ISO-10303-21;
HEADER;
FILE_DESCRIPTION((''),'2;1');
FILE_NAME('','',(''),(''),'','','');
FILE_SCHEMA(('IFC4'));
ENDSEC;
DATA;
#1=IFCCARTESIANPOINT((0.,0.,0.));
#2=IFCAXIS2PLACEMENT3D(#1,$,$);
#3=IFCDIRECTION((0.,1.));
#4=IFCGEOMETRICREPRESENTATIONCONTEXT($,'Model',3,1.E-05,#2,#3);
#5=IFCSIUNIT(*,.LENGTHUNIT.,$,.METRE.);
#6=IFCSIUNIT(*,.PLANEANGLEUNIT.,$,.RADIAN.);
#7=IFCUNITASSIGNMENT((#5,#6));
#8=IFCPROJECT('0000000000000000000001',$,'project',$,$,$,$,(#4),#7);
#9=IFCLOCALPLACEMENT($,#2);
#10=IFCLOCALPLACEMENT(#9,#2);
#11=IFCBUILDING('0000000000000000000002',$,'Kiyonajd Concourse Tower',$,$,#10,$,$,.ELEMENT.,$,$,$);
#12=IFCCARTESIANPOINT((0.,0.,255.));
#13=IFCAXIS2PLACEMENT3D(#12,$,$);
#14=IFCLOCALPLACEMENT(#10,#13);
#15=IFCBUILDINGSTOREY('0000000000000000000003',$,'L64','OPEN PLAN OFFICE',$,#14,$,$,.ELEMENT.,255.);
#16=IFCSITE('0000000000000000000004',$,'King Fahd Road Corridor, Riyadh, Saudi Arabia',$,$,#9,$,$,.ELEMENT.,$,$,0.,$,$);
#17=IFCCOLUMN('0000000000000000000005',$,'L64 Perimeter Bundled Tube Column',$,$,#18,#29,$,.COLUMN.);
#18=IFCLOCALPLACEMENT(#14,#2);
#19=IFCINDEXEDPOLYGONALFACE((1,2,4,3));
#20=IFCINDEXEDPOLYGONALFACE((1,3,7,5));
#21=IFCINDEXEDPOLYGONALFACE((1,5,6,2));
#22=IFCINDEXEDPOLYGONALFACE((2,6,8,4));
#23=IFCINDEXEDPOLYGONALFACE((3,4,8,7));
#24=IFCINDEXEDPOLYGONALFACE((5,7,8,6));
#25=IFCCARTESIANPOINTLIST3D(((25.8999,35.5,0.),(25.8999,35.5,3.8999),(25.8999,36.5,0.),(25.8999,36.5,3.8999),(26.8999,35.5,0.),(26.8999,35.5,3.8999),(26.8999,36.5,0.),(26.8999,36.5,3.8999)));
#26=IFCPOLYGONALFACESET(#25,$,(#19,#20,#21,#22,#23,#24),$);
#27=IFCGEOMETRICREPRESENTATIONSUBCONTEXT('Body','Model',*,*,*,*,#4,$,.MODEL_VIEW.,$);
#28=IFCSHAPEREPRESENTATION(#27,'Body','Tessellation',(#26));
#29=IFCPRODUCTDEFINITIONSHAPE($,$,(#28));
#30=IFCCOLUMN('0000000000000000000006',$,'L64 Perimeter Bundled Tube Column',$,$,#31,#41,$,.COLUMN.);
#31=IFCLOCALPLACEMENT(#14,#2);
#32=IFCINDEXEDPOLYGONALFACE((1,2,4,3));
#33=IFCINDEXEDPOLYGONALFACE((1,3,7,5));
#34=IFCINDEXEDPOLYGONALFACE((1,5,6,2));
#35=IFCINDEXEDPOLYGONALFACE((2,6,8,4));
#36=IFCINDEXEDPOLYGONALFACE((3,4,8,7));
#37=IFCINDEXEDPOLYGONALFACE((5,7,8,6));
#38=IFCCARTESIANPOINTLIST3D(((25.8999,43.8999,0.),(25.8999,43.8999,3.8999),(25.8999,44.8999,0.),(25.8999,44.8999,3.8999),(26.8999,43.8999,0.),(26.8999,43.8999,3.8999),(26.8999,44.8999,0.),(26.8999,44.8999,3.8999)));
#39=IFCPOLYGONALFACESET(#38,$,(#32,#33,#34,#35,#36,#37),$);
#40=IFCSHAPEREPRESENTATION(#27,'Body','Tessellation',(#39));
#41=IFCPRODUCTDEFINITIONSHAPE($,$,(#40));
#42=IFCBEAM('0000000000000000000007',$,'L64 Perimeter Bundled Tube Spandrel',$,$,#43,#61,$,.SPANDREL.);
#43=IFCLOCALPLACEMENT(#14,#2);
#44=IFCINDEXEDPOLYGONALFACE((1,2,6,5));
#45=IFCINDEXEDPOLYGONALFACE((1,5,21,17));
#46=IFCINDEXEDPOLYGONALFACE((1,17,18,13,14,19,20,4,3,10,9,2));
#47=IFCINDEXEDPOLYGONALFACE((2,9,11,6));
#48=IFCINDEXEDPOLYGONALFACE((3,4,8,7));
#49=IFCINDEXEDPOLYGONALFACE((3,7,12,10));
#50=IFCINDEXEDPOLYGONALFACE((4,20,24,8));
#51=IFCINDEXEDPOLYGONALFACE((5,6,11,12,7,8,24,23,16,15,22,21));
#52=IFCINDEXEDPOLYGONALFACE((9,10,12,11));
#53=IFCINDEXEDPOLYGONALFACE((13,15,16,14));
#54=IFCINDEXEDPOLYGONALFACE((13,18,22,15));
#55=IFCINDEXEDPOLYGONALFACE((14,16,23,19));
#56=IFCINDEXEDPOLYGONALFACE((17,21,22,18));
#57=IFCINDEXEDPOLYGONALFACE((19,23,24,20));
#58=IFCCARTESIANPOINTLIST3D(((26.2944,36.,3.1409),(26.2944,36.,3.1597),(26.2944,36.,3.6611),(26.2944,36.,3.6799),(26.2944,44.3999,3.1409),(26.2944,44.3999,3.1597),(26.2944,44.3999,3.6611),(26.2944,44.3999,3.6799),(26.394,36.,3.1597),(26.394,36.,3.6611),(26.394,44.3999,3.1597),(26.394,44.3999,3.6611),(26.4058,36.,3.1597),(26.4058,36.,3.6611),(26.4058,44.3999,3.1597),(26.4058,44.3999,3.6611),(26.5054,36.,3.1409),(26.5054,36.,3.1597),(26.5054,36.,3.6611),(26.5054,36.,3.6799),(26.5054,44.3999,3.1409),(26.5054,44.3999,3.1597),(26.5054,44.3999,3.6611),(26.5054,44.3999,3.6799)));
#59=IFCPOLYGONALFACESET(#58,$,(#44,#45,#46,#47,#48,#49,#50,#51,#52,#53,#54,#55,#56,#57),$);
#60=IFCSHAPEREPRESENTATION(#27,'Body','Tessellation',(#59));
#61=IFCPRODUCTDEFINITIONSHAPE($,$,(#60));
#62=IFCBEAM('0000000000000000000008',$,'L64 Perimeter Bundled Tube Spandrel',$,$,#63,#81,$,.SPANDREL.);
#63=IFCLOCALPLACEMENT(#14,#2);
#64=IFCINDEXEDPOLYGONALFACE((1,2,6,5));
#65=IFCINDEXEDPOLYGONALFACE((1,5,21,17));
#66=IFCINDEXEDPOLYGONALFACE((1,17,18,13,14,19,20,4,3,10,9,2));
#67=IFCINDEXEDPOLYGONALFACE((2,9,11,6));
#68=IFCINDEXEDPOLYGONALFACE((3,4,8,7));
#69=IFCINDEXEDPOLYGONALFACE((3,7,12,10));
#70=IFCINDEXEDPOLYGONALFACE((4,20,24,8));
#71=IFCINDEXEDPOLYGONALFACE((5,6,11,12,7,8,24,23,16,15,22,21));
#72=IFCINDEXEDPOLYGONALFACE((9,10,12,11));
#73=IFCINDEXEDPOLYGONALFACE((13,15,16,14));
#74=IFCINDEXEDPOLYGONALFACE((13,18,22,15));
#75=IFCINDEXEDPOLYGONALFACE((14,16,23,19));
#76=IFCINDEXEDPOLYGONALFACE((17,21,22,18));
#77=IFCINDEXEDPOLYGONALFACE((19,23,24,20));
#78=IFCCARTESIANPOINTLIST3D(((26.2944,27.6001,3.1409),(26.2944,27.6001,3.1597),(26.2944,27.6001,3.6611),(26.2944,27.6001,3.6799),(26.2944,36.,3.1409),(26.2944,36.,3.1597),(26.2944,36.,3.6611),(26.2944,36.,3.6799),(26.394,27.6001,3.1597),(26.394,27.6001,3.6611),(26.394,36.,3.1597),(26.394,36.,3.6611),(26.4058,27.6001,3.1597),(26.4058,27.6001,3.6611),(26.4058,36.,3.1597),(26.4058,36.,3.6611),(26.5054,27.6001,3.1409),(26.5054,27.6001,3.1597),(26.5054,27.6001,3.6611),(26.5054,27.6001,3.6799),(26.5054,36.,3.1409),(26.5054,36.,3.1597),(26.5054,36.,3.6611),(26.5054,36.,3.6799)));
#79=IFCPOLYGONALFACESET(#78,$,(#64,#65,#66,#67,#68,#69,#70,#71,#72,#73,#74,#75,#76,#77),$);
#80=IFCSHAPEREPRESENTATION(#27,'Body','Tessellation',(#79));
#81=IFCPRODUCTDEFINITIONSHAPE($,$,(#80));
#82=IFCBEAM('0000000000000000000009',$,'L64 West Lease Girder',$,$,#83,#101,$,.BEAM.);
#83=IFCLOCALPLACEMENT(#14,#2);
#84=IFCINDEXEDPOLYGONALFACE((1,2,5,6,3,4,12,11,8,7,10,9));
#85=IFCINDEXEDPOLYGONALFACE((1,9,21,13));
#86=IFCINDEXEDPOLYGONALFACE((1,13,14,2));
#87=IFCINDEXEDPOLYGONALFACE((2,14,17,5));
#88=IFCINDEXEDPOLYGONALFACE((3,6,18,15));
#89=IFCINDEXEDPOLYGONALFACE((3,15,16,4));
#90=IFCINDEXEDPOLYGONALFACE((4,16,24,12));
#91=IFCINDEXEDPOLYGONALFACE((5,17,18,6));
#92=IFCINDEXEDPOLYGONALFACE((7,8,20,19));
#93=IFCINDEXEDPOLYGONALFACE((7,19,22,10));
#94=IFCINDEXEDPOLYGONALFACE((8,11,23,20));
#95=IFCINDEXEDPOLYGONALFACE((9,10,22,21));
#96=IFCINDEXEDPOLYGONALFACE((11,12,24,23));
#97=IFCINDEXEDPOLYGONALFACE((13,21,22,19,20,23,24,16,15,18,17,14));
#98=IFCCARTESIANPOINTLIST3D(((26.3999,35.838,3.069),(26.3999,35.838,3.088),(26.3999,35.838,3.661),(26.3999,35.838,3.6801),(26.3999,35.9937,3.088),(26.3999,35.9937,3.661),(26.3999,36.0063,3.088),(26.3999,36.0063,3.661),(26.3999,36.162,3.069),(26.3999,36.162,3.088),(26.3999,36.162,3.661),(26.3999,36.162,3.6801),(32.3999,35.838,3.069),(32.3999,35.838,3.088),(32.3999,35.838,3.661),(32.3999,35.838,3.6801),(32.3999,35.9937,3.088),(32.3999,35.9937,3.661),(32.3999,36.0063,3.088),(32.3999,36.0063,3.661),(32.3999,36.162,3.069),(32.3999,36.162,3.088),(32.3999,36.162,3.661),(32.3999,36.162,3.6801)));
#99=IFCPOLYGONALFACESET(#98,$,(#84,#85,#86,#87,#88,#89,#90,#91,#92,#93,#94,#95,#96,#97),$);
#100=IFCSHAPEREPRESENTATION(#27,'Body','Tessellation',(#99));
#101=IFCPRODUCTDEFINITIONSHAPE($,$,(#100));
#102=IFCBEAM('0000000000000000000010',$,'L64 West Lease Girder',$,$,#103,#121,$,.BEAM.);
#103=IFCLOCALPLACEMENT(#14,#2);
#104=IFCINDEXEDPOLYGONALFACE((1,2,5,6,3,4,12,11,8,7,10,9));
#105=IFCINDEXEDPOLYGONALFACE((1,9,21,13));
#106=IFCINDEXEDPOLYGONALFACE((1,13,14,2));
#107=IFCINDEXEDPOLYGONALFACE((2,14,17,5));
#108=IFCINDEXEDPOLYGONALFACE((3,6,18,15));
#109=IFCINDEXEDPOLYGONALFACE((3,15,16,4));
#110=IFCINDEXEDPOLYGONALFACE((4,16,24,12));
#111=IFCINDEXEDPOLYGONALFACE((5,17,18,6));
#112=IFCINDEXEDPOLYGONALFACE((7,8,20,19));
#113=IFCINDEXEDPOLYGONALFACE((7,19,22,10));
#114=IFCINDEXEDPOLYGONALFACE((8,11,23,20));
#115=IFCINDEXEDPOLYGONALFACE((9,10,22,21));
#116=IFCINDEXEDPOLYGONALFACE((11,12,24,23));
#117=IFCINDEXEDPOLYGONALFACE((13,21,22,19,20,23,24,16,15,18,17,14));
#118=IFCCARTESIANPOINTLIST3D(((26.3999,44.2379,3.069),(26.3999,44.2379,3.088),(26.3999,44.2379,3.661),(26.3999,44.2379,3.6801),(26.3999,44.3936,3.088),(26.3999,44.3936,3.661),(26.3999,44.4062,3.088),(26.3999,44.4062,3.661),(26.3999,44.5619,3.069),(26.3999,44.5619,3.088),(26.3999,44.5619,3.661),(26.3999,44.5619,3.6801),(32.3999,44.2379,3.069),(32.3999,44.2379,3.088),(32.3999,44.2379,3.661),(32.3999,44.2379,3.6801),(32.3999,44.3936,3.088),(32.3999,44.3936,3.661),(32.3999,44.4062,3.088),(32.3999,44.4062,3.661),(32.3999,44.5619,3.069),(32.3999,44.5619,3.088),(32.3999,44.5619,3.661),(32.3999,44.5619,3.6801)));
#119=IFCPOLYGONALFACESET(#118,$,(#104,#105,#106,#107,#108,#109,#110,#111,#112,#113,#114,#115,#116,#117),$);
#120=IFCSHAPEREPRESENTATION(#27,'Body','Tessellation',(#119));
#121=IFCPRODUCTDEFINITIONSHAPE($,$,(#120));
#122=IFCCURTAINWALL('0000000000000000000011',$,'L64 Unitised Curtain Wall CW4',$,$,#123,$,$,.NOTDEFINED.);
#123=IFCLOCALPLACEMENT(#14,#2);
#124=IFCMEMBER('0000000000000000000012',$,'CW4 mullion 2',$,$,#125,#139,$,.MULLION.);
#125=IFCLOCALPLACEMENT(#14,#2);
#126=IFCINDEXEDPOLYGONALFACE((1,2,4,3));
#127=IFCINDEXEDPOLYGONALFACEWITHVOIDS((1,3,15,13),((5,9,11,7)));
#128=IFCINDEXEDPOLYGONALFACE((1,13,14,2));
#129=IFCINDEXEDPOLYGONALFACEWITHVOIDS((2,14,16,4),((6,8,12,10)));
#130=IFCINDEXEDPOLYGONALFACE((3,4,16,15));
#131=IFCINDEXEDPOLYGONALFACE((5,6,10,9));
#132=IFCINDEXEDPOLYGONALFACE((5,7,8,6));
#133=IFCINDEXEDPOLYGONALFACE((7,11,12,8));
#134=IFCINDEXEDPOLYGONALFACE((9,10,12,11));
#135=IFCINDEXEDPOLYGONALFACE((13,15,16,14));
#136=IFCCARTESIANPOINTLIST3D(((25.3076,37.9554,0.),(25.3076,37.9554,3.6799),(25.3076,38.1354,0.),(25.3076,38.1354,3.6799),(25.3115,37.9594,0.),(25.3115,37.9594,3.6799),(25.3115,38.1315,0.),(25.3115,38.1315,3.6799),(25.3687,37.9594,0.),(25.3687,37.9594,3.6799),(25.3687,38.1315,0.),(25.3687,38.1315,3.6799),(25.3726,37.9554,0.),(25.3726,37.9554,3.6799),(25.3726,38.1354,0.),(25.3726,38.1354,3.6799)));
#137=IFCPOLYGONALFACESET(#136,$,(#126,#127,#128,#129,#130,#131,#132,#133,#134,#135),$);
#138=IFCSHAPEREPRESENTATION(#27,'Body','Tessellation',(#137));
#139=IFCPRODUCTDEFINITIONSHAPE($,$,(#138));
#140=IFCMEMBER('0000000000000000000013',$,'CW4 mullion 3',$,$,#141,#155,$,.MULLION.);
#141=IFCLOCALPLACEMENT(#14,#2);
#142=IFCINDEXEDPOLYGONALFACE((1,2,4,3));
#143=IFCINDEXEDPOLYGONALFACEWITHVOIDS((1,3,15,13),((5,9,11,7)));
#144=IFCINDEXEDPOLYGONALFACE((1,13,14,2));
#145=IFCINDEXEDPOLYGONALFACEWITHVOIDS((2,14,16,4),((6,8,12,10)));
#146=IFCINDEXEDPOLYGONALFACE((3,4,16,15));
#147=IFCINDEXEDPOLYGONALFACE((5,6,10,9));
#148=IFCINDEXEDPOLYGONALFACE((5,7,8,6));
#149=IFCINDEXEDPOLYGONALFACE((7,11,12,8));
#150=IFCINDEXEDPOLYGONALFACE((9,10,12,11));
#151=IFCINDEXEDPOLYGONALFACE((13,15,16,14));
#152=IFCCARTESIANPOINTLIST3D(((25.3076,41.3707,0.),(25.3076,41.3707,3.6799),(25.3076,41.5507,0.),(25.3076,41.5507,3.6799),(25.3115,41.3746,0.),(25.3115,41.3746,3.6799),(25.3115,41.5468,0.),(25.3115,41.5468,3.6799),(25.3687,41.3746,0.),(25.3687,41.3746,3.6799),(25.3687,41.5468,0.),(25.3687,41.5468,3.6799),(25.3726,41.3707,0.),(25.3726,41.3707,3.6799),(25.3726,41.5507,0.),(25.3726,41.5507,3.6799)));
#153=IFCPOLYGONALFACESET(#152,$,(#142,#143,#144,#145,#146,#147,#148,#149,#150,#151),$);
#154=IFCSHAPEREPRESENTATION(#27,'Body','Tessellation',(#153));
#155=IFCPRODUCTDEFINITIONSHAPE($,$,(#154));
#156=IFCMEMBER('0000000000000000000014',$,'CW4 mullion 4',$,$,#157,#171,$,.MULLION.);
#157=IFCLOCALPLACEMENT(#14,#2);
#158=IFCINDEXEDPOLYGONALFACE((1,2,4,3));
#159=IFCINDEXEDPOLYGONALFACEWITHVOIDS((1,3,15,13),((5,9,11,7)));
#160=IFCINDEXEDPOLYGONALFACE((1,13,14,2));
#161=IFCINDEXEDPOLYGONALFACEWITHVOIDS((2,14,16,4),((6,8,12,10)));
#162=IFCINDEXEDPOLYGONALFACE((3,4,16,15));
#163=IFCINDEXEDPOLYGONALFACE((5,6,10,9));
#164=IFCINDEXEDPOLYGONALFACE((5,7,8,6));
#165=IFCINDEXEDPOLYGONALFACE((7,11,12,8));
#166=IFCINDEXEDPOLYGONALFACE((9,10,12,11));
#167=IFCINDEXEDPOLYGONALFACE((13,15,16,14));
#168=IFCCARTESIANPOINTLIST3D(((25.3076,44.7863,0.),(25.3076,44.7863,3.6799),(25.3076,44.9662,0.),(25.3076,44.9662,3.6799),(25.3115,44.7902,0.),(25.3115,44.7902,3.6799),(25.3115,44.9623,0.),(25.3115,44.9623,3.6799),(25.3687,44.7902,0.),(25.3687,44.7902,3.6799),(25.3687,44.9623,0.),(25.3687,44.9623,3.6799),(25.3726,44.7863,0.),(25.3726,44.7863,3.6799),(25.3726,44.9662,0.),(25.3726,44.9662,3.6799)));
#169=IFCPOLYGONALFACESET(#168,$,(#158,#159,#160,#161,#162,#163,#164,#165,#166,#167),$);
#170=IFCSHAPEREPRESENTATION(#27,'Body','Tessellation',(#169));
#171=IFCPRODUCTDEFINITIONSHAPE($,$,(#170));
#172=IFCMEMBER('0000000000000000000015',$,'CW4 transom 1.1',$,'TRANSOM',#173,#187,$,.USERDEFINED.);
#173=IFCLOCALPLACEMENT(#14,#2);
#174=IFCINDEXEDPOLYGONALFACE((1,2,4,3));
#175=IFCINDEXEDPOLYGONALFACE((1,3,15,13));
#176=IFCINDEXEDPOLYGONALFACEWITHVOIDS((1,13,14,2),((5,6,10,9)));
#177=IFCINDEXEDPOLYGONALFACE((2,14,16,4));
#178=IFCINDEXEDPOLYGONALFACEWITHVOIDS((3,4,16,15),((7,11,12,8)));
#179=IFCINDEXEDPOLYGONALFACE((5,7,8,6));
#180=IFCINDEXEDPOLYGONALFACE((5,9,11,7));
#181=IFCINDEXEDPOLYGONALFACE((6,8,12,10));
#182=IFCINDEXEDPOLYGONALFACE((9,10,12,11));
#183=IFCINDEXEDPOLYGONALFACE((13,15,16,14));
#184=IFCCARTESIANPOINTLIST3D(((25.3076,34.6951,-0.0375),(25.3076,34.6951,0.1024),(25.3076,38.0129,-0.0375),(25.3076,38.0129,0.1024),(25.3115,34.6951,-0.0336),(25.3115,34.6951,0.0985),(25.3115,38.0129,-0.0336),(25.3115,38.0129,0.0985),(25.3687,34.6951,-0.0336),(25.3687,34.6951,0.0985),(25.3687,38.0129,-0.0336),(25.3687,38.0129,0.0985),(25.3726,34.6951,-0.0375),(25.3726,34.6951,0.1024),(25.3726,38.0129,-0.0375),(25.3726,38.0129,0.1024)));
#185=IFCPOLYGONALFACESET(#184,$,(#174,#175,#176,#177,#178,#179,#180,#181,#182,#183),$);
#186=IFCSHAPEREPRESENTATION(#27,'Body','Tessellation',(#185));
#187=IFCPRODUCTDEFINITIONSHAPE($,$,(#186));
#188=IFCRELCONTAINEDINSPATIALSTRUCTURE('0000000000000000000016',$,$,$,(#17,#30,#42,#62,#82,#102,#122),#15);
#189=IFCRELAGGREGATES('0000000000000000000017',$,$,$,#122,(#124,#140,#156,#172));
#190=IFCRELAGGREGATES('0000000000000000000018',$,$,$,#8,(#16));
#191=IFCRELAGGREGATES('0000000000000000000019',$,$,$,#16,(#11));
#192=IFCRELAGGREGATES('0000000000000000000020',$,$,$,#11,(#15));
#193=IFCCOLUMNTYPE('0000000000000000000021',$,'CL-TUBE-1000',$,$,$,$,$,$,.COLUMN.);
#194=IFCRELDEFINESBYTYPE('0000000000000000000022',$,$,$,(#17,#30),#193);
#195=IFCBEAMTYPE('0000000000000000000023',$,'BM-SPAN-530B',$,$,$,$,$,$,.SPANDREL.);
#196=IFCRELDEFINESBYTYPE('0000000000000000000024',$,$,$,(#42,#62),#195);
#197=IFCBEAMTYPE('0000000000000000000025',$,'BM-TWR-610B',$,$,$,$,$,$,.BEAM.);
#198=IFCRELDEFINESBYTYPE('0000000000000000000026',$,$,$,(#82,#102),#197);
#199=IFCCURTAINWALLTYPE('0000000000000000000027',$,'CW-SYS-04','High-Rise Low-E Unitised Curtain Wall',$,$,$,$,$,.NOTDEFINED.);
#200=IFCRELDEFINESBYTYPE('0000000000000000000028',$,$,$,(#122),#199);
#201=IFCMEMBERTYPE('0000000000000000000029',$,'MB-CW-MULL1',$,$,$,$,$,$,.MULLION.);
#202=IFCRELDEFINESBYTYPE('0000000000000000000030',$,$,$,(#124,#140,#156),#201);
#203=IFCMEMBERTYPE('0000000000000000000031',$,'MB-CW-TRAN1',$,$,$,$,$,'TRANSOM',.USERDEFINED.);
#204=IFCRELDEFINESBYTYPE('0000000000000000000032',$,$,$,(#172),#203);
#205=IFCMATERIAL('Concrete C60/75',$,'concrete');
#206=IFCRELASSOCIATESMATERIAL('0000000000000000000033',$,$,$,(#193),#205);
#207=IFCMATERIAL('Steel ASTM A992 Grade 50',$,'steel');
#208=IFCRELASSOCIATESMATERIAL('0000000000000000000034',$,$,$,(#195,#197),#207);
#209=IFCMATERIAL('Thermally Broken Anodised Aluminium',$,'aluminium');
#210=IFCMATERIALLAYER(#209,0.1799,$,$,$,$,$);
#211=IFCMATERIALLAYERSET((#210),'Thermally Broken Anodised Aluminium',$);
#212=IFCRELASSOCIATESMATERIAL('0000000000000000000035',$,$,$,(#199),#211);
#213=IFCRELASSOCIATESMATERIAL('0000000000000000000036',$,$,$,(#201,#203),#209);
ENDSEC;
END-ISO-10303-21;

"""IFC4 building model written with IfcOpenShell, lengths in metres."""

from ifc_helpers import new_model, si_unit, direction, frame, origin, origin_2d, place, context, subcontext, project, spatial, rectangle, hollow_rectangle, i_section, extrude, material, layer, layer_set, material_profile, profile_set, type_object, element, aggregate, save


model = new_model("IFC4")

# Units and contexts
model_context = context("Model", 3, precision=1e-05, world=origin(), true_north=direction((0.0, 1.0)))
body_context = subcontext(model_context, "Body", "Model", "MODEL_VIEW")
ifc_project = project(units=[si_unit("LENGTHUNIT", "METRE"), si_unit("PLANEANGLEUNIT", "RADIAN")], contexts=[model_context])

# Site, building, storey
site_placement = place(None, origin())
site = spatial("IfcSite", under=ifc_project, at=site_placement, Name="King Fahd Road Corridor, Riyadh, Saudi Arabia", CompositionType="ELEMENT", RefElevation=0.0)
building_placement = place(site_placement, origin())
building = spatial("IfcBuilding", under=site, at=building_placement, Name="Kiyonajd Concourse Tower", CompositionType="ELEMENT")
storey_placement = place(building_placement, frame((0.0, 0.0, 255.0)))
storey = spatial("IfcBuildingStorey", under=building, at=storey_placement, Name="L64", Description="OPEN PLAN OFFICE", CompositionType="ELEMENT", Elevation=255.0)

# Columns
ifc_material_1 = material(Name="Concrete C60/75", Category="concrete")
ifc_material_profile_1 = material_profile(ifc_material_1, rectangle(XDim=1.0, YDim=1.0, at=origin_2d()), Name="RC-1000x1000")
ifc_profile_set_1 = profile_set([ifc_material_profile_1], Name="Concrete C60/75")
column_type = type_object("IfcColumnType", Name="CL-TUBE-1000", PredefinedType="COLUMN", material=ifc_profile_set_1)
for number, where, z_axis, x_axis, name in (
    (1, (26.3999, 36.0, 0.0), (0.0, 0.0, 1.0), (1.0, 0.0, 0.0), "L64 Perimeter Bundled Tube Column"),
    (2, (26.3999, 44.3999, 0.0), (0.0, 0.0, 1.0), (1.0, 0.0, 0.0), "L64 Perimeter Bundled Tube Column"),
):
    element("IfcColumn", number, at=place(storey_placement, frame(where, z_axis=z_axis, x_axis=x_axis)), inside=storey, type_object=column_type, Name=name, PredefinedType="COLUMN", context=body_context, shape_type="SweptSolid", body=[
        extrude(rectangle(XDim=1.0, YDim=1.0, at=origin_2d()), origin(), (0.0, 0.0, 1.0), 3.8999),
    ])

# Beams
ifc_material_2 = material(Name="Steel ASTM A992 Grade 50", Category="steel")
ifc_material_profile_2 = material_profile(ifc_material_2, i_section(OverallWidth=0.2109, OverallDepth=0.5391, WebThickness=0.0117, FlangeThickness=0.0188, at=origin_2d()), Name="W530X109")
ifc_profile_set_2 = profile_set([ifc_material_profile_2], Name="Steel ASTM A992 Grade 50")
beam_type_1 = type_object("IfcBeamType", Name="BM-SPAN-530B", PredefinedType="SPANDREL", material=ifc_profile_set_2)
for number, where, z_axis, x_axis, name in (
    (3, (26.3999, 44.3999, 3.4104), (0.0, -1.0, 0.0), (1.0, 0.0, 0.0), "L64 Perimeter Bundled Tube Spandrel"),
    (4, (26.3999, 36.0, 3.4104), (0.0, -1.0, 0.0), (1.0, 0.0, 0.0), "L64 Perimeter Bundled Tube Spandrel"),
):
    element("IfcBeam", number, at=place(storey_placement, frame(where, z_axis=z_axis, x_axis=x_axis)), inside=storey, type_object=beam_type_1, Name=name, PredefinedType="SPANDREL", context=body_context, shape_type="SweptSolid", body=[
        extrude(i_section(OverallWidth=0.2109, OverallDepth=0.5391, WebThickness=0.0117, FlangeThickness=0.0188, at=origin_2d()), origin(), (0.0, 0.0, 1.0), 8.3999),
    ])
ifc_material_profile_3 = material_profile(ifc_material_2, i_section(OverallWidth=0.324, OverallDepth=0.6111, WebThickness=0.0127, FlangeThickness=0.019, at=origin_2d()), Name="W610X155")
ifc_profile_set_3 = profile_set([ifc_material_profile_3], Name="Steel ASTM A992 Grade 50")
beam_type_2 = type_object("IfcBeamType", Name="BM-TWR-610B", PredefinedType="BEAM", material=ifc_profile_set_3)
for number, where, z_axis, x_axis, name in (
    (5, (26.3999, 36.0, 3.3745), (1.0, 0.0, 0.0), (0.0, 1.0, 0.0), "L64 West Lease Girder"),
    (6, (26.3999, 44.3999, 3.3745), (1.0, 0.0, 0.0), (0.0, 1.0, 0.0), "L64 West Lease Girder"),
):
    element("IfcBeam", number, at=place(storey_placement, frame(where, z_axis=z_axis, x_axis=x_axis)), inside=storey, type_object=beam_type_2, Name=name, PredefinedType="BEAM", context=body_context, shape_type="SweptSolid", body=[
        extrude(i_section(OverallWidth=0.324, OverallDepth=0.6111, WebThickness=0.0127, FlangeThickness=0.019, at=origin_2d()), origin(), (0.0, 0.0, 1.0), 6.0),
    ])

# Curtain wall, members
ifc_material_3 = material(Name="Thermally Broken Anodised Aluminium", Category="aluminium")
ifc_layer_1 = layer(ifc_material_3, 0.1799)
ifc_layer_set_1 = layer_set([ifc_layer_1], Name="Thermally Broken Anodised Aluminium")
curtain_wall_type = type_object("IfcCurtainWallType", Name="CW-SYS-04", Description="High-Rise Low-E Unitised Curtain Wall", PredefinedType="NOTDEFINED", material=ifc_layer_set_1)
curtain_wall_placement = place(storey_placement, origin())
curtain_wall = element("IfcCurtainWall", 7, at=curtain_wall_placement, inside=storey, type_object=curtain_wall_type, Name="L64 Unitised Curtain Wall CW4", PredefinedType="NOTDEFINED")
ifc_material_profile_4 = material_profile(ifc_material_3, hollow_rectangle(XDim=0.0649, YDim=0.1799, WallThickness=0.0039, at=origin_2d()), Name="MULL-65x180")
ifc_profile_set_4 = profile_set([ifc_material_profile_4], Name="Thermally Broken Anodised Aluminium")
member_type_1 = type_object("IfcMemberType", Name="MB-CW-MULL1", PredefinedType="MULLION", material=ifc_profile_set_4)
member_1_placement = place(storey_placement, frame((25.3401, 38.0454, 0.0), z_axis=(0.0, 0.0, 1.0), x_axis=(-1.0, 0.0, 0.0)))
member_1 = element("IfcMember", 8, at=member_1_placement, type_object=member_type_1, Name="CW4 mullion 2", PredefinedType="MULLION", context=body_context, shape_type="SweptSolid", body=[
    extrude(hollow_rectangle(XDim=0.0649, YDim=0.1799, WallThickness=0.0039, at=origin_2d()), origin(), (0.0, 0.0, 1.0), 3.6799),
])
member_2_placement = place(storey_placement, frame((25.3401, 41.4607, 0.0), z_axis=(0.0, 0.0, 1.0), x_axis=(-1.0, 0.0, 0.0)))
member_2 = element("IfcMember", 9, at=member_2_placement, type_object=member_type_1, Name="CW4 mullion 3", PredefinedType="MULLION", context=body_context, shape_type="SweptSolid", body=[
    extrude(hollow_rectangle(XDim=0.0649, YDim=0.1799, WallThickness=0.0039, at=origin_2d()), origin(), (0.0, 0.0, 1.0), 3.6799),
])
member_3_placement = place(storey_placement, frame((25.3401, 44.8762, 0.0), z_axis=(0.0, 0.0, 1.0), x_axis=(-1.0, 0.0, 0.0)))
member_3 = element("IfcMember", 10, at=member_3_placement, type_object=member_type_1, Name="CW4 mullion 4", PredefinedType="MULLION", context=body_context, shape_type="SweptSolid", body=[
    extrude(hollow_rectangle(XDim=0.0649, YDim=0.1799, WallThickness=0.0039, at=origin_2d()), origin(), (0.0, 0.0, 1.0), 3.6799),
])
ifc_material_profile_5 = material_profile(ifc_material_3, hollow_rectangle(XDim=0.0649, YDim=0.1399, WallThickness=0.0039, at=origin_2d()), Name="TRAN-65x140")
ifc_profile_set_5 = profile_set([ifc_material_profile_5], Name="Thermally Broken Anodised Aluminium")
member_type_2 = type_object("IfcMemberType", Name="MB-CW-TRAN1", ElementType="TRANSOM", PredefinedType="USERDEFINED", material=ifc_profile_set_5)
member_4_placement = place(storey_placement, frame((25.3401, 34.6951, 0.0325), z_axis=(0.0, 1.0, 0.0), x_axis=(-1.0, 0.0, 0.0)))
member_4 = element("IfcMember", 11, at=member_4_placement, type_object=member_type_2, Name="CW4 transom 1.1", ObjectType="TRANSOM", PredefinedType="USERDEFINED", context=body_context, shape_type="SweptSolid", body=[
    extrude(hollow_rectangle(XDim=0.0649, YDim=0.1399, WallThickness=0.0039, at=origin_2d()), origin(), (0.0, 0.0, 1.0), 3.3179),
])

aggregate(curtain_wall, [member_1, member_2, member_3, member_4])

save(model, "model.ifc")
